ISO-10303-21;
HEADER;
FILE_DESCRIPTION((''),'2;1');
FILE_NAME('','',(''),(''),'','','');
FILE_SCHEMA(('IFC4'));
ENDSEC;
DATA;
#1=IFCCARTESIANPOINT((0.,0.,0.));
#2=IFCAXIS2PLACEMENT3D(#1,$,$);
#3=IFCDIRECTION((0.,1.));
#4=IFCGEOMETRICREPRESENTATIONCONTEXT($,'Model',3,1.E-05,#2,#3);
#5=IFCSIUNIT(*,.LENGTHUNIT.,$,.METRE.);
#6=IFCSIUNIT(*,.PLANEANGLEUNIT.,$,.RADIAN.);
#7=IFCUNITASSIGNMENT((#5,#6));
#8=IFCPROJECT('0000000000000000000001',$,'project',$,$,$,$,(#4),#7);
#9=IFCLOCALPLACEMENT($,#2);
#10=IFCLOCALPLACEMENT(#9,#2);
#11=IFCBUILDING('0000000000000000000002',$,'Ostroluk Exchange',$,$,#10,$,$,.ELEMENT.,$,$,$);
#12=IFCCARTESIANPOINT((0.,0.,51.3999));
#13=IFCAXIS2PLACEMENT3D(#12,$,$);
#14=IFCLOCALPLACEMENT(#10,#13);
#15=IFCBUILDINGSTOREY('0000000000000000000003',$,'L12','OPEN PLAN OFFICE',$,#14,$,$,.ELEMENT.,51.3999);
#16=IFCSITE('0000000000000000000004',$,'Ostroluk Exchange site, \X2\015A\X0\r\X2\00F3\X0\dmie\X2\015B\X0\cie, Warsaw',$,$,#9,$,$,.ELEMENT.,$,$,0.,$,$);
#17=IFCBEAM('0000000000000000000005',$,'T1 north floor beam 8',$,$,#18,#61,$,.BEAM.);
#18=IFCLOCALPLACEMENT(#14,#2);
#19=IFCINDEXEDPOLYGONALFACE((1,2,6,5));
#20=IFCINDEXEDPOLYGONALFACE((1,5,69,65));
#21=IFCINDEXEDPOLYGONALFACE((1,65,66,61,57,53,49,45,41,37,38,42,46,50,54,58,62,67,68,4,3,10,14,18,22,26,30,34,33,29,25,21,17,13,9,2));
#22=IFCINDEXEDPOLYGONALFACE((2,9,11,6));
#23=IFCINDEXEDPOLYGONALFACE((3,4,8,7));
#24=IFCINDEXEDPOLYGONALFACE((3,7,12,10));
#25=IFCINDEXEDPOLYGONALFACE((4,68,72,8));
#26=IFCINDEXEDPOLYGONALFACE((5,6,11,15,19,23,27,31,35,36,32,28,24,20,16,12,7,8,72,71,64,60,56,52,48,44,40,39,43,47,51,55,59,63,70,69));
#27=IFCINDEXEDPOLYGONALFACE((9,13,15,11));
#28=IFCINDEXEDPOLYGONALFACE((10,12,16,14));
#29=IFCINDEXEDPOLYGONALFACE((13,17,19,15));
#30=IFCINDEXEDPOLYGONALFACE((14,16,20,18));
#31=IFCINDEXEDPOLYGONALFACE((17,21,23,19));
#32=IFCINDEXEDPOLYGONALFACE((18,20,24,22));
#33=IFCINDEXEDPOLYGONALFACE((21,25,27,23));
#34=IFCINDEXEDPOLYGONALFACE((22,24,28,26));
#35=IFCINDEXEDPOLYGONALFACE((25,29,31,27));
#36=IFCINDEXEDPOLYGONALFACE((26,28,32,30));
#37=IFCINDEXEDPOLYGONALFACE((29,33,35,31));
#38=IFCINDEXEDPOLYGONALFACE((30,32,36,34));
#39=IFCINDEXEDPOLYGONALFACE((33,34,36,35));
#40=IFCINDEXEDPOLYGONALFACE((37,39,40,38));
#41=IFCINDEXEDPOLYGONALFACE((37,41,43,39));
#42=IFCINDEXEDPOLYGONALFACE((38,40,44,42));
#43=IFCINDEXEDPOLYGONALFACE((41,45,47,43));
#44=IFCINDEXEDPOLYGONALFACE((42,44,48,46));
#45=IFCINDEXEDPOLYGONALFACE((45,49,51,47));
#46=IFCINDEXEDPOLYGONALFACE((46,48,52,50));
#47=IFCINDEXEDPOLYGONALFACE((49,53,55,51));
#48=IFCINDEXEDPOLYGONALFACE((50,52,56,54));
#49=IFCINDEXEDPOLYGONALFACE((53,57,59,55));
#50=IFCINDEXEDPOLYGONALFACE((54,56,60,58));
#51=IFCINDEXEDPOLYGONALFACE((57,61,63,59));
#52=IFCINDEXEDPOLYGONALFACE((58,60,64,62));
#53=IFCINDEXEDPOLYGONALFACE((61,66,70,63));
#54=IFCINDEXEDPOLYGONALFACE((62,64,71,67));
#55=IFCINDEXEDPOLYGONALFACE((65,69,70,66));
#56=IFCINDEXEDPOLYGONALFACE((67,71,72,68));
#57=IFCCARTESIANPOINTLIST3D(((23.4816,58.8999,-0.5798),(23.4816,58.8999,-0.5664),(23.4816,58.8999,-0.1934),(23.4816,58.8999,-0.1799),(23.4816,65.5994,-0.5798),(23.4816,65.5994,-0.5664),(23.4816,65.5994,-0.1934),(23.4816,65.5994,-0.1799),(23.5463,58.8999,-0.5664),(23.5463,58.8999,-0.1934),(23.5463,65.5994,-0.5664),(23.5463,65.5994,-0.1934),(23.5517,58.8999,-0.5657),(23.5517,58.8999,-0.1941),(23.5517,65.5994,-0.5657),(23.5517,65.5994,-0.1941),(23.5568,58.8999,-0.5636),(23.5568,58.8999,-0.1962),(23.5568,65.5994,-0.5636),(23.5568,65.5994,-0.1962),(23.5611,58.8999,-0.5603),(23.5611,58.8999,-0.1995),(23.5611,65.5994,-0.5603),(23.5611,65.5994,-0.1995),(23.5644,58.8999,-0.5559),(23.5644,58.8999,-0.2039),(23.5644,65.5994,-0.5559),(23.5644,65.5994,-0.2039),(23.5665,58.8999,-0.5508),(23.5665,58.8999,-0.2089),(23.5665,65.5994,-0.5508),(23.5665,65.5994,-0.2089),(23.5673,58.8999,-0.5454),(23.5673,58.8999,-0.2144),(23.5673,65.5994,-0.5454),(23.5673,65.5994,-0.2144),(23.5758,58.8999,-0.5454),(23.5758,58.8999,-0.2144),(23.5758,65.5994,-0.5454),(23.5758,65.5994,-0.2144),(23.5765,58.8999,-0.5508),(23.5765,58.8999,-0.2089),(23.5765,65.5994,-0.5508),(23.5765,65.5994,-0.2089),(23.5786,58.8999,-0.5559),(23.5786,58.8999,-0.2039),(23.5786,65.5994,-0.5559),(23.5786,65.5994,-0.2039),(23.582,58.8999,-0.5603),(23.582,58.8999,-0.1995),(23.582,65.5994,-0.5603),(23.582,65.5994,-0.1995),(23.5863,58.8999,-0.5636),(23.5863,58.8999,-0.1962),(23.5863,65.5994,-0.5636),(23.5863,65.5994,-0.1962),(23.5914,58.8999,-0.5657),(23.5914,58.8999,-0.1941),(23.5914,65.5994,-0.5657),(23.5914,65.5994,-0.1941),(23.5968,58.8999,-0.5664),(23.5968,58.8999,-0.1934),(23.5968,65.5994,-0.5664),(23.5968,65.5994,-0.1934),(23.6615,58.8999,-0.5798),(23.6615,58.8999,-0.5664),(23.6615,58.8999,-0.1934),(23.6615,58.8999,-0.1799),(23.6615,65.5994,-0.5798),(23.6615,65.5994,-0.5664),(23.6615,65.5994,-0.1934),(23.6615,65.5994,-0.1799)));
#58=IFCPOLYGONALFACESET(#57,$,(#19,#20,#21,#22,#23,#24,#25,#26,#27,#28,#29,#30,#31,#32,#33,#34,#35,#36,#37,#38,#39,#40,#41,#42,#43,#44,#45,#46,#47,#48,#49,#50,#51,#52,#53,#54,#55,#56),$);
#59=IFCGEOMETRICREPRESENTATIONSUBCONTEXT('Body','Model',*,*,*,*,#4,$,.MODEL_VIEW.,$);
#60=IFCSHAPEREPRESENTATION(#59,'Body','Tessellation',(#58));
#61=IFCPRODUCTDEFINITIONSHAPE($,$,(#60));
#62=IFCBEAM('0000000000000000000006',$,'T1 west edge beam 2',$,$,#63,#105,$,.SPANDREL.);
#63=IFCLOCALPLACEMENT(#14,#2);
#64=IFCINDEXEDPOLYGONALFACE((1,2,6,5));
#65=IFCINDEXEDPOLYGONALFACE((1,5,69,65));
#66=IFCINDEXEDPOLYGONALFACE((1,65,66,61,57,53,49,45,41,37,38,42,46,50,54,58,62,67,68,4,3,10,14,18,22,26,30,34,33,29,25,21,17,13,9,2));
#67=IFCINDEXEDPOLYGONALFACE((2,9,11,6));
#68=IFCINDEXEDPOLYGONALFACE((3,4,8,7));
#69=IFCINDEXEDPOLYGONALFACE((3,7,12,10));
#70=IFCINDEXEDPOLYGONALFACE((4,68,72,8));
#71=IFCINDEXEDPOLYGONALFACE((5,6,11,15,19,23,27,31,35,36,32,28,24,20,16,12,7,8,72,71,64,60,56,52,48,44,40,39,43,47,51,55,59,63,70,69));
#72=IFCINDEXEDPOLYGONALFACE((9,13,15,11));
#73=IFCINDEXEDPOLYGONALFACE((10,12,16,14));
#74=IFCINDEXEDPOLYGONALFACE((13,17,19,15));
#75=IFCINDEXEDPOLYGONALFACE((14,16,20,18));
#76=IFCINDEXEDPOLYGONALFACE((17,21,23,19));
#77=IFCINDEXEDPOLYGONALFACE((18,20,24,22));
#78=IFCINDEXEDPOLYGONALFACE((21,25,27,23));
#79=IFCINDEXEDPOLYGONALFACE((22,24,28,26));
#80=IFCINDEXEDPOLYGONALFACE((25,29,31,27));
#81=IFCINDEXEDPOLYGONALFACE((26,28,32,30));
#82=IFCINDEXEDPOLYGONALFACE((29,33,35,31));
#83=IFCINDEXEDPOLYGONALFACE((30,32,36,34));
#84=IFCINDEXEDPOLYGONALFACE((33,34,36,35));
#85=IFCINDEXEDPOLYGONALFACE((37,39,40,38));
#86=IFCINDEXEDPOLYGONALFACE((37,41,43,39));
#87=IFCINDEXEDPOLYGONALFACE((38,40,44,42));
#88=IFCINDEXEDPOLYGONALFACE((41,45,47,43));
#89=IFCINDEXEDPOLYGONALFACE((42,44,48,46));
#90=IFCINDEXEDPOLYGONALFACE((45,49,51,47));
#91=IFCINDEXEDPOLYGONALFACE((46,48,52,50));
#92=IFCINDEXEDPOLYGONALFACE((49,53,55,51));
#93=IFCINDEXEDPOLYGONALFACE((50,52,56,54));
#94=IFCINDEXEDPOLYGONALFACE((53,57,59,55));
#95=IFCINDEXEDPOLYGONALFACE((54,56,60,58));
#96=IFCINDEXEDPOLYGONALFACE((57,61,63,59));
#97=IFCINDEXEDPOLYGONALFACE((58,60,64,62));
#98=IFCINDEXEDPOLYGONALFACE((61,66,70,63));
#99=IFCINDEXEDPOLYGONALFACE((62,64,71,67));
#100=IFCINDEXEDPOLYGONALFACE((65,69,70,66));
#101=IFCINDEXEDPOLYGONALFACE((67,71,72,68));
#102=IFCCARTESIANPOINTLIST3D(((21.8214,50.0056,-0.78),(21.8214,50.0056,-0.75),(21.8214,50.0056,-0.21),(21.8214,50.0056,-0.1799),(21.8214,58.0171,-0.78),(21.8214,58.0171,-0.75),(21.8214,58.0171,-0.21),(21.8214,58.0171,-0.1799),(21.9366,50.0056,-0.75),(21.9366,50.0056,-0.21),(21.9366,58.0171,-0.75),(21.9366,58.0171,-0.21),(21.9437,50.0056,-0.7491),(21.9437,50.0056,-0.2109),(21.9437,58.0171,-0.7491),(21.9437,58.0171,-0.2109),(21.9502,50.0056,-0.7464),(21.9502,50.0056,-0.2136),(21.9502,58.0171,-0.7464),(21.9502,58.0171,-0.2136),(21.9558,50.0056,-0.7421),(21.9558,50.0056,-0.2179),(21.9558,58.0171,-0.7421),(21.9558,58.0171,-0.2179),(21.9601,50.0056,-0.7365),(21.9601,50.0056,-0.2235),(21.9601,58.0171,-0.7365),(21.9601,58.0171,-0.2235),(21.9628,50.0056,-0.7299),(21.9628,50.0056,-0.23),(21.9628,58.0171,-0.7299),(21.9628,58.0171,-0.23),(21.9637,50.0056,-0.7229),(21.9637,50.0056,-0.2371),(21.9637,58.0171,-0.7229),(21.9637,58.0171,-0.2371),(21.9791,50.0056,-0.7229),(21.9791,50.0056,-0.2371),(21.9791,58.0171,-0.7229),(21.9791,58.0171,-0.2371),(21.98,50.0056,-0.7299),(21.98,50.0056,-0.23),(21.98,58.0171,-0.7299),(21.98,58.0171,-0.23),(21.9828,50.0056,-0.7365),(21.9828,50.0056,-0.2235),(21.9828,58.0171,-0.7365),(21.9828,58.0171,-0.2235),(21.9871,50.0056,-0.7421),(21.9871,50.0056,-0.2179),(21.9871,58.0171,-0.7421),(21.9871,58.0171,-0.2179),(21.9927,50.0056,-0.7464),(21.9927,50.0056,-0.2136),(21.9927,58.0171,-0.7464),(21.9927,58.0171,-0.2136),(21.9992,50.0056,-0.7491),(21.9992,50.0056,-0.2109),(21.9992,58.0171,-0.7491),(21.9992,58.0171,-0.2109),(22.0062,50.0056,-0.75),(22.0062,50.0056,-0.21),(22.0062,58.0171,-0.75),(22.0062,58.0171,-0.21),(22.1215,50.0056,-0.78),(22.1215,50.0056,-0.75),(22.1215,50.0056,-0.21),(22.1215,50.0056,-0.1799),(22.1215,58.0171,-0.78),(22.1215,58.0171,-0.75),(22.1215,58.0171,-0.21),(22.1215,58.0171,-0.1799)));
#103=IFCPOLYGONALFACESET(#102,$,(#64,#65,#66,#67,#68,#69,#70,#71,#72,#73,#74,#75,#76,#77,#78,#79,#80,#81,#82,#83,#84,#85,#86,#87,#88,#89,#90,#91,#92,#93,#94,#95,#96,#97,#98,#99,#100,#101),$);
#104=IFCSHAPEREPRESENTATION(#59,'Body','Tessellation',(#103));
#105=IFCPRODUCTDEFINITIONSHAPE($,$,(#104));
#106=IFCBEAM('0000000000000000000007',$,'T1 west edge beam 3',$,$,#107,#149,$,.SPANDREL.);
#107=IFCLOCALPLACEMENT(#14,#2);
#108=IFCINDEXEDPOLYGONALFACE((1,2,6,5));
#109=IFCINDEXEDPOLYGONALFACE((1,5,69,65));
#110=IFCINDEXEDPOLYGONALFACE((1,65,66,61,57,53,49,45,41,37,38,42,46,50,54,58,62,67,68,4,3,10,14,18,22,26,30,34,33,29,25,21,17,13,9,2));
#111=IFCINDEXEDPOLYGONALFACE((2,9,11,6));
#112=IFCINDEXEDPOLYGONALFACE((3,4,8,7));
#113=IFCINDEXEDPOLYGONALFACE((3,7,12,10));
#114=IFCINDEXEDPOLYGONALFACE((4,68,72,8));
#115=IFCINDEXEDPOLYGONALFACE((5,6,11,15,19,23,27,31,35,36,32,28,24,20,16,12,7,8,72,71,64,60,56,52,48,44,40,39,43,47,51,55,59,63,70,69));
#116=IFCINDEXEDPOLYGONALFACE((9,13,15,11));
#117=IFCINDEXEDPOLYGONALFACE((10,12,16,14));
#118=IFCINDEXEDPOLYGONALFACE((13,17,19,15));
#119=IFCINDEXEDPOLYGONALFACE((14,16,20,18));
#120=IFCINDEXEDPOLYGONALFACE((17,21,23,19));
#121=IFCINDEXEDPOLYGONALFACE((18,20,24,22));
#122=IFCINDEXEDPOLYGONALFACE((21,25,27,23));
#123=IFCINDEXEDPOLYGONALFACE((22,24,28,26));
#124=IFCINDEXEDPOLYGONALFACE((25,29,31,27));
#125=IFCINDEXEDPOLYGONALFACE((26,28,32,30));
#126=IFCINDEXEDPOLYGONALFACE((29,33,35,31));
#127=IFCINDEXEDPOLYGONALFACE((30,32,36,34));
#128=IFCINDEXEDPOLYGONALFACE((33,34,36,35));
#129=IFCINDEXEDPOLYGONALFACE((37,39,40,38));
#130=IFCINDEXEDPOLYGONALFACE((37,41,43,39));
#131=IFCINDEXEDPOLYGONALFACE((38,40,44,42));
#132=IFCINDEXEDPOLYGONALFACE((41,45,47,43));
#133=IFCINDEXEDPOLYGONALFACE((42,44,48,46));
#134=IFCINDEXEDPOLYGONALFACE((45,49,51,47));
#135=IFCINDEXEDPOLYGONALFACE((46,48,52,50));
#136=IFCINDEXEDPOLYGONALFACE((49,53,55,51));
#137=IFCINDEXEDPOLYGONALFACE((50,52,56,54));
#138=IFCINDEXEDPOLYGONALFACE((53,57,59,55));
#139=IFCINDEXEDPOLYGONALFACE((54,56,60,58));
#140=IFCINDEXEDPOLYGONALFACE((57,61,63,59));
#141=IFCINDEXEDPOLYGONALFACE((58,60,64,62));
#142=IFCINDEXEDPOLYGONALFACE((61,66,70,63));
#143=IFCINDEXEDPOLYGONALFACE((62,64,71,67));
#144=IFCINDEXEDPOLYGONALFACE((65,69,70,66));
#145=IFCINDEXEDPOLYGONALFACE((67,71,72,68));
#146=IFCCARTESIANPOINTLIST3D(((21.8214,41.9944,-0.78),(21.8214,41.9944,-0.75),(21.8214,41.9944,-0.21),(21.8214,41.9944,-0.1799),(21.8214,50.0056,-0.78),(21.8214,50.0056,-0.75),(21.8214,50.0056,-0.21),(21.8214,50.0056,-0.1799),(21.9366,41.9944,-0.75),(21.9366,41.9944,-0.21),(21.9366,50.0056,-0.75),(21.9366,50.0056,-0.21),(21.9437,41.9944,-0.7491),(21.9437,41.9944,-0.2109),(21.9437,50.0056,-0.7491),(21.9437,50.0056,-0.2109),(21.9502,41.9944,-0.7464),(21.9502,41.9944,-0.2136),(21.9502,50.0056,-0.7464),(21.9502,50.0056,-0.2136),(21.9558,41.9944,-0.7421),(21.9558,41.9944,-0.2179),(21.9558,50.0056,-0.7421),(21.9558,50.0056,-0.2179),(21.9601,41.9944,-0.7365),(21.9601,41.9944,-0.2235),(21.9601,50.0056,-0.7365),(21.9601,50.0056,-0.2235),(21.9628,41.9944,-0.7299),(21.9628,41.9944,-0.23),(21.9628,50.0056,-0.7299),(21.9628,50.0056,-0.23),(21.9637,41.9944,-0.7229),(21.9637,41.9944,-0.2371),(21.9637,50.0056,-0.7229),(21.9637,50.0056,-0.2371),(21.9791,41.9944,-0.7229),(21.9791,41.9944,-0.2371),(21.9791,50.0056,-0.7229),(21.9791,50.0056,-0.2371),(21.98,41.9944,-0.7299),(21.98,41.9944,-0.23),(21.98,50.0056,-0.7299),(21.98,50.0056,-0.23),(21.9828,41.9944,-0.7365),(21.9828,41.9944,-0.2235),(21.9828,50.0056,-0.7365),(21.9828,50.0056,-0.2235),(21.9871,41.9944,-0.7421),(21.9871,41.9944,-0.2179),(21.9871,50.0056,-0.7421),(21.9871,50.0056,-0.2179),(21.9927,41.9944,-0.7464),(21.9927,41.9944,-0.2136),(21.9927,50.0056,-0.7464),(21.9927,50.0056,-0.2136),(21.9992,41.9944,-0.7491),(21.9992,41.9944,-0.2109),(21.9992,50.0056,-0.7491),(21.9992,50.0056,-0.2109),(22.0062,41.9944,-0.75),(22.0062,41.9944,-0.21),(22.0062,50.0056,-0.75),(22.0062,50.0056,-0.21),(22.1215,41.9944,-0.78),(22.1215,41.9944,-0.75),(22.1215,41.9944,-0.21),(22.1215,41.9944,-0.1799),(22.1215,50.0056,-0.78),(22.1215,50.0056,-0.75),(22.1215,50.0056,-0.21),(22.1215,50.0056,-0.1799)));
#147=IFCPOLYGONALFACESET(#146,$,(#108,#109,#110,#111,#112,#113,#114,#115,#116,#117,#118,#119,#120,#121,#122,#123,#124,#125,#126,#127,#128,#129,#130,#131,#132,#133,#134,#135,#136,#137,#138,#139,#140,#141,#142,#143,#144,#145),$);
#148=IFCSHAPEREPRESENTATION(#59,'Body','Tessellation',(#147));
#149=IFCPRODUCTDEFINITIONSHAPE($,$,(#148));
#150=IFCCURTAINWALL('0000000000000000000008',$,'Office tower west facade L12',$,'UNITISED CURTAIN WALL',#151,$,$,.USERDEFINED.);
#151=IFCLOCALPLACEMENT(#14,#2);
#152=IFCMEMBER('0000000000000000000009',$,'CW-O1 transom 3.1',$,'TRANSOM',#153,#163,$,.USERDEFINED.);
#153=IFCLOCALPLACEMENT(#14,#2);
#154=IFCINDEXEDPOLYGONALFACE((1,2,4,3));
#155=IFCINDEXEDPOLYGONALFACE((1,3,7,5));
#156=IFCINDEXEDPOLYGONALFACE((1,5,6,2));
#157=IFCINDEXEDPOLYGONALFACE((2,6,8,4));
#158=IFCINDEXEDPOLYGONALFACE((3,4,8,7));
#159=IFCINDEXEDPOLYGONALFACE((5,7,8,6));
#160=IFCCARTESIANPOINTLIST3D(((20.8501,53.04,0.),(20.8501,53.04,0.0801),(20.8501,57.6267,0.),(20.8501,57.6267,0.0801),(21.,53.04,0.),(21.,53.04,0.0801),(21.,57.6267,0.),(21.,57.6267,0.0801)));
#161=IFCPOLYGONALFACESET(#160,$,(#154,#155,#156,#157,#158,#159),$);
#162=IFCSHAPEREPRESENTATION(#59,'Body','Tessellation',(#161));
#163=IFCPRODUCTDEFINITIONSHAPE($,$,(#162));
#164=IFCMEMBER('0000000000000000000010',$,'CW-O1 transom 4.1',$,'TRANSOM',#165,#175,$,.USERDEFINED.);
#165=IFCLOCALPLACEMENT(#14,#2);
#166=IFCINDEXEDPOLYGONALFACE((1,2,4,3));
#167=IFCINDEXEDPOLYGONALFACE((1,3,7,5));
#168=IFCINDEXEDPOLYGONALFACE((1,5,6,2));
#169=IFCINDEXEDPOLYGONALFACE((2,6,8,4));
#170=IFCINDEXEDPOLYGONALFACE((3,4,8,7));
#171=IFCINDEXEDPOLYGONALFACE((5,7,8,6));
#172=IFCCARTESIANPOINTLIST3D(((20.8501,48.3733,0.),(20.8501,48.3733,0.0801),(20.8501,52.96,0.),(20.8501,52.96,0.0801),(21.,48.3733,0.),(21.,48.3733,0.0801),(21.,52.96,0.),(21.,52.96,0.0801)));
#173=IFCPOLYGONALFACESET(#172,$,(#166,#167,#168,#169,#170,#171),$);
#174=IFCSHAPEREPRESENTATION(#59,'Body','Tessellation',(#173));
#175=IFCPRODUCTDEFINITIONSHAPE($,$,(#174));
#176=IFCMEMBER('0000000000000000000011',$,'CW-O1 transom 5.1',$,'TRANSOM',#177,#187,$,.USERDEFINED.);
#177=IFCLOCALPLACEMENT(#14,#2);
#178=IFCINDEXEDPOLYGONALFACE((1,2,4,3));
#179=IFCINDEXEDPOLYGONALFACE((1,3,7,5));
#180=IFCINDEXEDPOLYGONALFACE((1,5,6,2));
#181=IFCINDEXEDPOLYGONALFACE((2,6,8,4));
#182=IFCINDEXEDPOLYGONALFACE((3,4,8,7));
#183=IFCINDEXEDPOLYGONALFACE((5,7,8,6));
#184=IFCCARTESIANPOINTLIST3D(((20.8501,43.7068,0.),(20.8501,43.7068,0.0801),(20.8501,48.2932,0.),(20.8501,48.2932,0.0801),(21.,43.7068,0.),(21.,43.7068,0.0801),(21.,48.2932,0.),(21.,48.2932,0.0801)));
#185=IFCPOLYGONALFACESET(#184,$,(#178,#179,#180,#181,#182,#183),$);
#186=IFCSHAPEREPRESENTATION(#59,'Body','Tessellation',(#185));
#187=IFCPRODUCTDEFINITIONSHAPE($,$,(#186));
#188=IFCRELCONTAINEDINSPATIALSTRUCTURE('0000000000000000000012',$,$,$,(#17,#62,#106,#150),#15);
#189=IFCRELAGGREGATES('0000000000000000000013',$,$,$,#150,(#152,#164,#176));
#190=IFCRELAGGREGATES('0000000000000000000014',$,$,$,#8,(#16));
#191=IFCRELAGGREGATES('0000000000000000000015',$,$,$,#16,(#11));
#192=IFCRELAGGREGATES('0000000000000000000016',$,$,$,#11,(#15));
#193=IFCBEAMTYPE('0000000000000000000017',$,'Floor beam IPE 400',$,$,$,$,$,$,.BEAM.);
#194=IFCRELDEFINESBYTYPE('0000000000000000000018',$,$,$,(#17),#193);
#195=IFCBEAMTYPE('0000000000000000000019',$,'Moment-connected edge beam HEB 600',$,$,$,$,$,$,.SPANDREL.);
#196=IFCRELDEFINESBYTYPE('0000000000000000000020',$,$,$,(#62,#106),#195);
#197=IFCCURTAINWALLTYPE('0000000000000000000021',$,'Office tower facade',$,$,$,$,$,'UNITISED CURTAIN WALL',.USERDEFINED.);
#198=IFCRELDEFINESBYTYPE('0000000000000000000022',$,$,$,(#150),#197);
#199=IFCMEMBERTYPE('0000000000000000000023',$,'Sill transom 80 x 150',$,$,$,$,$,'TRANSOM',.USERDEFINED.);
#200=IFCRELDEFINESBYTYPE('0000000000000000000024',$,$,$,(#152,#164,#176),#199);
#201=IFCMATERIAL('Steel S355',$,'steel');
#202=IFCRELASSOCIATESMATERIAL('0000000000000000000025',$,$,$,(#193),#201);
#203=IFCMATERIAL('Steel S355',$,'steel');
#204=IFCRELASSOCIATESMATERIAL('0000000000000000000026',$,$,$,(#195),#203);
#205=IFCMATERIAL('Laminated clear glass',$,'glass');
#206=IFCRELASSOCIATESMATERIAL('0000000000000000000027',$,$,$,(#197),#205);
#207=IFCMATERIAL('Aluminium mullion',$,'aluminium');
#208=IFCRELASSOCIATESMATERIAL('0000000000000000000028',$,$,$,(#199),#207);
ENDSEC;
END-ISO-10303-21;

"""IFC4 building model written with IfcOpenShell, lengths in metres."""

from ifc_helpers import new_model, si_unit, direction, frame, origin, origin_2d, place, context, subcontext, project, spatial, rectangle, i_section, extrude, material, material_profile, profile_set, type_object, element, aggregate, save


model = new_model("IFC4")

# Units and contexts
model_context = context("Model", 3, precision=1e-05, world=origin(), true_north=direction((0.0, 1.0)))
body_context = subcontext(model_context, "Body", "Model", "MODEL_VIEW")
ifc_project = project(units=[si_unit("LENGTHUNIT", "METRE"), si_unit("PLANEANGLEUNIT", "RADIAN")], contexts=[model_context])

# Site, building, storey
site_placement = place(None, origin())
site = spatial("IfcSite", under=ifc_project, at=site_placement, Name="Ostroluk Exchange site, Śródmieście, Warsaw", CompositionType="ELEMENT", RefElevation=0.0)
building_placement = place(site_placement, origin())
building = spatial("IfcBuilding", under=site, at=building_placement, Name="Ostroluk Exchange", CompositionType="ELEMENT")
storey_placement = place(building_placement, frame((0.0, 0.0, 51.3999)))
storey = spatial("IfcBuildingStorey", under=building, at=storey_placement, Name="L12", Description="OPEN PLAN OFFICE", CompositionType="ELEMENT", Elevation=51.3999)

# Beams
ifc_material_1 = material(Name="Steel S355", Category="steel")
ifc_material_profile_1 = material_profile(ifc_material_1, i_section(OverallWidth=0.1799, OverallDepth=0.3999, WebThickness=0.0085, FlangeThickness=0.0134, FilletRadius=0.021, at=origin_2d()), Name="IPE 400")
ifc_profile_set_1 = profile_set([ifc_material_profile_1], Name="Steel S355")
beam_type_1 = type_object("IfcBeamType", Name="Floor beam IPE 400", PredefinedType="BEAM", material=ifc_profile_set_1)
beam_1_placement = place(storey_placement, frame((23.5715, 58.8999, -0.3799), z_axis=(0.0, 1.0, 0.0), x_axis=(-1.0, 0.0, 0.0)))
element("IfcBeam", 1, at=beam_1_placement, inside=storey, type_object=beam_type_1, Name="T1 north floor beam 8", PredefinedType="BEAM", context=body_context, shape_type="SweptSolid", body=[
    extrude(i_section(OverallWidth=0.1799, OverallDepth=0.3999, WebThickness=0.0085, FlangeThickness=0.0134, FilletRadius=0.021, at=origin_2d()), origin(), (0.0, 0.0, 1.0), 6.6995),
])
ifc_material_2 = material(Name="Steel S355", Category="steel")
ifc_material_profile_2 = material_profile(ifc_material_2, i_section(OverallWidth=0.3, OverallDepth=0.6001, WebThickness=0.0154, FlangeThickness=0.03, FilletRadius=0.0271, at=origin_2d()), Name="HEB 600")
ifc_profile_set_2 = profile_set([ifc_material_profile_2], Name="Steel S355")
beam_type_2 = type_object("IfcBeamType", Name="Moment-connected edge beam HEB 600", PredefinedType="SPANDREL", material=ifc_profile_set_2)
beam_2_placement = place(storey_placement, frame((21.9714, 58.0171, -0.48), z_axis=(0.0, -1.0, 0.0), x_axis=(1.0, 0.0, 0.0)))
element("IfcBeam", 2, at=beam_2_placement, inside=storey, type_object=beam_type_2, Name="T1 west edge beam 2", PredefinedType="SPANDREL", context=body_context, shape_type="SweptSolid", body=[
    extrude(i_section(OverallWidth=0.3, OverallDepth=0.6001, WebThickness=0.0154, FlangeThickness=0.03, FilletRadius=0.0271, at=origin_2d()), origin(), (0.0, 0.0, 1.0), 8.0115),
])
beam_3_placement = place(storey_placement, frame((21.9714, 50.0056, -0.48), z_axis=(0.0, -1.0, 0.0), x_axis=(1.0, 0.0, 0.0)))
element("IfcBeam", 3, at=beam_3_placement, inside=storey, type_object=beam_type_2, Name="T1 west edge beam 3", PredefinedType="SPANDREL", context=body_context, shape_type="SweptSolid", body=[
    extrude(i_section(OverallWidth=0.3, OverallDepth=0.6001, WebThickness=0.0154, FlangeThickness=0.03, FilletRadius=0.0271, at=origin_2d()), origin(), (0.0, 0.0, 1.0), 8.0112),
])

# Curtain wall, members
ifc_material_3 = material(Name="Laminated clear glass", Category="glass")
curtain_wall_type = type_object("IfcCurtainWallType", Name="Office tower facade", ElementType="UNITISED CURTAIN WALL", PredefinedType="USERDEFINED", material=ifc_material_3)
curtain_wall_placement = place(storey_placement, origin())
curtain_wall = element("IfcCurtainWall", 4, at=curtain_wall_placement, inside=storey, type_object=curtain_wall_type, Name="Office tower west facade L12", ObjectType="UNITISED CURTAIN WALL", PredefinedType="USERDEFINED")
ifc_material_4 = material(Name="Aluminium mullion", Category="aluminium")
ifc_material_profile_3 = material_profile(ifc_material_4, rectangle(XDim=0.1499, YDim=0.0801, at=origin_2d()), Name="Sill transom 80 x 150")
ifc_profile_set_3 = profile_set([ifc_material_profile_3], Name="Aluminium mullion")
member_type_1 = type_object("IfcMemberType", Name="Sill transom 80 x 150", ElementType="TRANSOM", PredefinedType="USERDEFINED", material=ifc_profile_set_3)
member_1_placement = place(storey_placement, frame((20.925, 57.6267, 0.04), z_axis=(0.0, -1.0, 0.0), x_axis=(1.0, 0.0, 0.0)))
member_1 = element("IfcMember", 5, at=member_1_placement, type_object=member_type_1, Name="CW-O1 transom 3.1", ObjectType="TRANSOM", PredefinedType="USERDEFINED", context=body_context, shape_type="SweptSolid", body=[
    extrude(rectangle(XDim=0.1499, YDim=0.0801, at=origin_2d()), origin(), (0.0, 0.0, 1.0), 4.5867),
])
member_2_placement = place(storey_placement, frame((20.925, 52.96, 0.04), z_axis=(0.0, -1.0, 0.0), x_axis=(1.0, 0.0, 0.0)))
member_2 = element("IfcMember", 6, at=member_2_placement, type_object=member_type_1, Name="CW-O1 transom 4.1", ObjectType="TRANSOM", PredefinedType="USERDEFINED", context=body_context, shape_type="SweptSolid", body=[
    extrude(rectangle(XDim=0.1499, YDim=0.0801, at=origin_2d()), origin(), (0.0, 0.0, 1.0), 4.5867),
])
member_3_placement = place(storey_placement, frame((20.925, 48.2932, 0.04), z_axis=(0.0, -1.0, 0.0), x_axis=(1.0, 0.0, 0.0)))
member_3 = element("IfcMember", 7, at=member_3_placement, type_object=member_type_1, Name="CW-O1 transom 5.1", ObjectType="TRANSOM", PredefinedType="USERDEFINED", context=body_context, shape_type="SweptSolid", body=[
    extrude(rectangle(XDim=0.1499, YDim=0.0801, at=origin_2d()), origin(), (0.0, 0.0, 1.0), 4.5864),
])
aggregate(curtain_wall, [member_1, member_2, member_3])

save(model, "model.ifc")
